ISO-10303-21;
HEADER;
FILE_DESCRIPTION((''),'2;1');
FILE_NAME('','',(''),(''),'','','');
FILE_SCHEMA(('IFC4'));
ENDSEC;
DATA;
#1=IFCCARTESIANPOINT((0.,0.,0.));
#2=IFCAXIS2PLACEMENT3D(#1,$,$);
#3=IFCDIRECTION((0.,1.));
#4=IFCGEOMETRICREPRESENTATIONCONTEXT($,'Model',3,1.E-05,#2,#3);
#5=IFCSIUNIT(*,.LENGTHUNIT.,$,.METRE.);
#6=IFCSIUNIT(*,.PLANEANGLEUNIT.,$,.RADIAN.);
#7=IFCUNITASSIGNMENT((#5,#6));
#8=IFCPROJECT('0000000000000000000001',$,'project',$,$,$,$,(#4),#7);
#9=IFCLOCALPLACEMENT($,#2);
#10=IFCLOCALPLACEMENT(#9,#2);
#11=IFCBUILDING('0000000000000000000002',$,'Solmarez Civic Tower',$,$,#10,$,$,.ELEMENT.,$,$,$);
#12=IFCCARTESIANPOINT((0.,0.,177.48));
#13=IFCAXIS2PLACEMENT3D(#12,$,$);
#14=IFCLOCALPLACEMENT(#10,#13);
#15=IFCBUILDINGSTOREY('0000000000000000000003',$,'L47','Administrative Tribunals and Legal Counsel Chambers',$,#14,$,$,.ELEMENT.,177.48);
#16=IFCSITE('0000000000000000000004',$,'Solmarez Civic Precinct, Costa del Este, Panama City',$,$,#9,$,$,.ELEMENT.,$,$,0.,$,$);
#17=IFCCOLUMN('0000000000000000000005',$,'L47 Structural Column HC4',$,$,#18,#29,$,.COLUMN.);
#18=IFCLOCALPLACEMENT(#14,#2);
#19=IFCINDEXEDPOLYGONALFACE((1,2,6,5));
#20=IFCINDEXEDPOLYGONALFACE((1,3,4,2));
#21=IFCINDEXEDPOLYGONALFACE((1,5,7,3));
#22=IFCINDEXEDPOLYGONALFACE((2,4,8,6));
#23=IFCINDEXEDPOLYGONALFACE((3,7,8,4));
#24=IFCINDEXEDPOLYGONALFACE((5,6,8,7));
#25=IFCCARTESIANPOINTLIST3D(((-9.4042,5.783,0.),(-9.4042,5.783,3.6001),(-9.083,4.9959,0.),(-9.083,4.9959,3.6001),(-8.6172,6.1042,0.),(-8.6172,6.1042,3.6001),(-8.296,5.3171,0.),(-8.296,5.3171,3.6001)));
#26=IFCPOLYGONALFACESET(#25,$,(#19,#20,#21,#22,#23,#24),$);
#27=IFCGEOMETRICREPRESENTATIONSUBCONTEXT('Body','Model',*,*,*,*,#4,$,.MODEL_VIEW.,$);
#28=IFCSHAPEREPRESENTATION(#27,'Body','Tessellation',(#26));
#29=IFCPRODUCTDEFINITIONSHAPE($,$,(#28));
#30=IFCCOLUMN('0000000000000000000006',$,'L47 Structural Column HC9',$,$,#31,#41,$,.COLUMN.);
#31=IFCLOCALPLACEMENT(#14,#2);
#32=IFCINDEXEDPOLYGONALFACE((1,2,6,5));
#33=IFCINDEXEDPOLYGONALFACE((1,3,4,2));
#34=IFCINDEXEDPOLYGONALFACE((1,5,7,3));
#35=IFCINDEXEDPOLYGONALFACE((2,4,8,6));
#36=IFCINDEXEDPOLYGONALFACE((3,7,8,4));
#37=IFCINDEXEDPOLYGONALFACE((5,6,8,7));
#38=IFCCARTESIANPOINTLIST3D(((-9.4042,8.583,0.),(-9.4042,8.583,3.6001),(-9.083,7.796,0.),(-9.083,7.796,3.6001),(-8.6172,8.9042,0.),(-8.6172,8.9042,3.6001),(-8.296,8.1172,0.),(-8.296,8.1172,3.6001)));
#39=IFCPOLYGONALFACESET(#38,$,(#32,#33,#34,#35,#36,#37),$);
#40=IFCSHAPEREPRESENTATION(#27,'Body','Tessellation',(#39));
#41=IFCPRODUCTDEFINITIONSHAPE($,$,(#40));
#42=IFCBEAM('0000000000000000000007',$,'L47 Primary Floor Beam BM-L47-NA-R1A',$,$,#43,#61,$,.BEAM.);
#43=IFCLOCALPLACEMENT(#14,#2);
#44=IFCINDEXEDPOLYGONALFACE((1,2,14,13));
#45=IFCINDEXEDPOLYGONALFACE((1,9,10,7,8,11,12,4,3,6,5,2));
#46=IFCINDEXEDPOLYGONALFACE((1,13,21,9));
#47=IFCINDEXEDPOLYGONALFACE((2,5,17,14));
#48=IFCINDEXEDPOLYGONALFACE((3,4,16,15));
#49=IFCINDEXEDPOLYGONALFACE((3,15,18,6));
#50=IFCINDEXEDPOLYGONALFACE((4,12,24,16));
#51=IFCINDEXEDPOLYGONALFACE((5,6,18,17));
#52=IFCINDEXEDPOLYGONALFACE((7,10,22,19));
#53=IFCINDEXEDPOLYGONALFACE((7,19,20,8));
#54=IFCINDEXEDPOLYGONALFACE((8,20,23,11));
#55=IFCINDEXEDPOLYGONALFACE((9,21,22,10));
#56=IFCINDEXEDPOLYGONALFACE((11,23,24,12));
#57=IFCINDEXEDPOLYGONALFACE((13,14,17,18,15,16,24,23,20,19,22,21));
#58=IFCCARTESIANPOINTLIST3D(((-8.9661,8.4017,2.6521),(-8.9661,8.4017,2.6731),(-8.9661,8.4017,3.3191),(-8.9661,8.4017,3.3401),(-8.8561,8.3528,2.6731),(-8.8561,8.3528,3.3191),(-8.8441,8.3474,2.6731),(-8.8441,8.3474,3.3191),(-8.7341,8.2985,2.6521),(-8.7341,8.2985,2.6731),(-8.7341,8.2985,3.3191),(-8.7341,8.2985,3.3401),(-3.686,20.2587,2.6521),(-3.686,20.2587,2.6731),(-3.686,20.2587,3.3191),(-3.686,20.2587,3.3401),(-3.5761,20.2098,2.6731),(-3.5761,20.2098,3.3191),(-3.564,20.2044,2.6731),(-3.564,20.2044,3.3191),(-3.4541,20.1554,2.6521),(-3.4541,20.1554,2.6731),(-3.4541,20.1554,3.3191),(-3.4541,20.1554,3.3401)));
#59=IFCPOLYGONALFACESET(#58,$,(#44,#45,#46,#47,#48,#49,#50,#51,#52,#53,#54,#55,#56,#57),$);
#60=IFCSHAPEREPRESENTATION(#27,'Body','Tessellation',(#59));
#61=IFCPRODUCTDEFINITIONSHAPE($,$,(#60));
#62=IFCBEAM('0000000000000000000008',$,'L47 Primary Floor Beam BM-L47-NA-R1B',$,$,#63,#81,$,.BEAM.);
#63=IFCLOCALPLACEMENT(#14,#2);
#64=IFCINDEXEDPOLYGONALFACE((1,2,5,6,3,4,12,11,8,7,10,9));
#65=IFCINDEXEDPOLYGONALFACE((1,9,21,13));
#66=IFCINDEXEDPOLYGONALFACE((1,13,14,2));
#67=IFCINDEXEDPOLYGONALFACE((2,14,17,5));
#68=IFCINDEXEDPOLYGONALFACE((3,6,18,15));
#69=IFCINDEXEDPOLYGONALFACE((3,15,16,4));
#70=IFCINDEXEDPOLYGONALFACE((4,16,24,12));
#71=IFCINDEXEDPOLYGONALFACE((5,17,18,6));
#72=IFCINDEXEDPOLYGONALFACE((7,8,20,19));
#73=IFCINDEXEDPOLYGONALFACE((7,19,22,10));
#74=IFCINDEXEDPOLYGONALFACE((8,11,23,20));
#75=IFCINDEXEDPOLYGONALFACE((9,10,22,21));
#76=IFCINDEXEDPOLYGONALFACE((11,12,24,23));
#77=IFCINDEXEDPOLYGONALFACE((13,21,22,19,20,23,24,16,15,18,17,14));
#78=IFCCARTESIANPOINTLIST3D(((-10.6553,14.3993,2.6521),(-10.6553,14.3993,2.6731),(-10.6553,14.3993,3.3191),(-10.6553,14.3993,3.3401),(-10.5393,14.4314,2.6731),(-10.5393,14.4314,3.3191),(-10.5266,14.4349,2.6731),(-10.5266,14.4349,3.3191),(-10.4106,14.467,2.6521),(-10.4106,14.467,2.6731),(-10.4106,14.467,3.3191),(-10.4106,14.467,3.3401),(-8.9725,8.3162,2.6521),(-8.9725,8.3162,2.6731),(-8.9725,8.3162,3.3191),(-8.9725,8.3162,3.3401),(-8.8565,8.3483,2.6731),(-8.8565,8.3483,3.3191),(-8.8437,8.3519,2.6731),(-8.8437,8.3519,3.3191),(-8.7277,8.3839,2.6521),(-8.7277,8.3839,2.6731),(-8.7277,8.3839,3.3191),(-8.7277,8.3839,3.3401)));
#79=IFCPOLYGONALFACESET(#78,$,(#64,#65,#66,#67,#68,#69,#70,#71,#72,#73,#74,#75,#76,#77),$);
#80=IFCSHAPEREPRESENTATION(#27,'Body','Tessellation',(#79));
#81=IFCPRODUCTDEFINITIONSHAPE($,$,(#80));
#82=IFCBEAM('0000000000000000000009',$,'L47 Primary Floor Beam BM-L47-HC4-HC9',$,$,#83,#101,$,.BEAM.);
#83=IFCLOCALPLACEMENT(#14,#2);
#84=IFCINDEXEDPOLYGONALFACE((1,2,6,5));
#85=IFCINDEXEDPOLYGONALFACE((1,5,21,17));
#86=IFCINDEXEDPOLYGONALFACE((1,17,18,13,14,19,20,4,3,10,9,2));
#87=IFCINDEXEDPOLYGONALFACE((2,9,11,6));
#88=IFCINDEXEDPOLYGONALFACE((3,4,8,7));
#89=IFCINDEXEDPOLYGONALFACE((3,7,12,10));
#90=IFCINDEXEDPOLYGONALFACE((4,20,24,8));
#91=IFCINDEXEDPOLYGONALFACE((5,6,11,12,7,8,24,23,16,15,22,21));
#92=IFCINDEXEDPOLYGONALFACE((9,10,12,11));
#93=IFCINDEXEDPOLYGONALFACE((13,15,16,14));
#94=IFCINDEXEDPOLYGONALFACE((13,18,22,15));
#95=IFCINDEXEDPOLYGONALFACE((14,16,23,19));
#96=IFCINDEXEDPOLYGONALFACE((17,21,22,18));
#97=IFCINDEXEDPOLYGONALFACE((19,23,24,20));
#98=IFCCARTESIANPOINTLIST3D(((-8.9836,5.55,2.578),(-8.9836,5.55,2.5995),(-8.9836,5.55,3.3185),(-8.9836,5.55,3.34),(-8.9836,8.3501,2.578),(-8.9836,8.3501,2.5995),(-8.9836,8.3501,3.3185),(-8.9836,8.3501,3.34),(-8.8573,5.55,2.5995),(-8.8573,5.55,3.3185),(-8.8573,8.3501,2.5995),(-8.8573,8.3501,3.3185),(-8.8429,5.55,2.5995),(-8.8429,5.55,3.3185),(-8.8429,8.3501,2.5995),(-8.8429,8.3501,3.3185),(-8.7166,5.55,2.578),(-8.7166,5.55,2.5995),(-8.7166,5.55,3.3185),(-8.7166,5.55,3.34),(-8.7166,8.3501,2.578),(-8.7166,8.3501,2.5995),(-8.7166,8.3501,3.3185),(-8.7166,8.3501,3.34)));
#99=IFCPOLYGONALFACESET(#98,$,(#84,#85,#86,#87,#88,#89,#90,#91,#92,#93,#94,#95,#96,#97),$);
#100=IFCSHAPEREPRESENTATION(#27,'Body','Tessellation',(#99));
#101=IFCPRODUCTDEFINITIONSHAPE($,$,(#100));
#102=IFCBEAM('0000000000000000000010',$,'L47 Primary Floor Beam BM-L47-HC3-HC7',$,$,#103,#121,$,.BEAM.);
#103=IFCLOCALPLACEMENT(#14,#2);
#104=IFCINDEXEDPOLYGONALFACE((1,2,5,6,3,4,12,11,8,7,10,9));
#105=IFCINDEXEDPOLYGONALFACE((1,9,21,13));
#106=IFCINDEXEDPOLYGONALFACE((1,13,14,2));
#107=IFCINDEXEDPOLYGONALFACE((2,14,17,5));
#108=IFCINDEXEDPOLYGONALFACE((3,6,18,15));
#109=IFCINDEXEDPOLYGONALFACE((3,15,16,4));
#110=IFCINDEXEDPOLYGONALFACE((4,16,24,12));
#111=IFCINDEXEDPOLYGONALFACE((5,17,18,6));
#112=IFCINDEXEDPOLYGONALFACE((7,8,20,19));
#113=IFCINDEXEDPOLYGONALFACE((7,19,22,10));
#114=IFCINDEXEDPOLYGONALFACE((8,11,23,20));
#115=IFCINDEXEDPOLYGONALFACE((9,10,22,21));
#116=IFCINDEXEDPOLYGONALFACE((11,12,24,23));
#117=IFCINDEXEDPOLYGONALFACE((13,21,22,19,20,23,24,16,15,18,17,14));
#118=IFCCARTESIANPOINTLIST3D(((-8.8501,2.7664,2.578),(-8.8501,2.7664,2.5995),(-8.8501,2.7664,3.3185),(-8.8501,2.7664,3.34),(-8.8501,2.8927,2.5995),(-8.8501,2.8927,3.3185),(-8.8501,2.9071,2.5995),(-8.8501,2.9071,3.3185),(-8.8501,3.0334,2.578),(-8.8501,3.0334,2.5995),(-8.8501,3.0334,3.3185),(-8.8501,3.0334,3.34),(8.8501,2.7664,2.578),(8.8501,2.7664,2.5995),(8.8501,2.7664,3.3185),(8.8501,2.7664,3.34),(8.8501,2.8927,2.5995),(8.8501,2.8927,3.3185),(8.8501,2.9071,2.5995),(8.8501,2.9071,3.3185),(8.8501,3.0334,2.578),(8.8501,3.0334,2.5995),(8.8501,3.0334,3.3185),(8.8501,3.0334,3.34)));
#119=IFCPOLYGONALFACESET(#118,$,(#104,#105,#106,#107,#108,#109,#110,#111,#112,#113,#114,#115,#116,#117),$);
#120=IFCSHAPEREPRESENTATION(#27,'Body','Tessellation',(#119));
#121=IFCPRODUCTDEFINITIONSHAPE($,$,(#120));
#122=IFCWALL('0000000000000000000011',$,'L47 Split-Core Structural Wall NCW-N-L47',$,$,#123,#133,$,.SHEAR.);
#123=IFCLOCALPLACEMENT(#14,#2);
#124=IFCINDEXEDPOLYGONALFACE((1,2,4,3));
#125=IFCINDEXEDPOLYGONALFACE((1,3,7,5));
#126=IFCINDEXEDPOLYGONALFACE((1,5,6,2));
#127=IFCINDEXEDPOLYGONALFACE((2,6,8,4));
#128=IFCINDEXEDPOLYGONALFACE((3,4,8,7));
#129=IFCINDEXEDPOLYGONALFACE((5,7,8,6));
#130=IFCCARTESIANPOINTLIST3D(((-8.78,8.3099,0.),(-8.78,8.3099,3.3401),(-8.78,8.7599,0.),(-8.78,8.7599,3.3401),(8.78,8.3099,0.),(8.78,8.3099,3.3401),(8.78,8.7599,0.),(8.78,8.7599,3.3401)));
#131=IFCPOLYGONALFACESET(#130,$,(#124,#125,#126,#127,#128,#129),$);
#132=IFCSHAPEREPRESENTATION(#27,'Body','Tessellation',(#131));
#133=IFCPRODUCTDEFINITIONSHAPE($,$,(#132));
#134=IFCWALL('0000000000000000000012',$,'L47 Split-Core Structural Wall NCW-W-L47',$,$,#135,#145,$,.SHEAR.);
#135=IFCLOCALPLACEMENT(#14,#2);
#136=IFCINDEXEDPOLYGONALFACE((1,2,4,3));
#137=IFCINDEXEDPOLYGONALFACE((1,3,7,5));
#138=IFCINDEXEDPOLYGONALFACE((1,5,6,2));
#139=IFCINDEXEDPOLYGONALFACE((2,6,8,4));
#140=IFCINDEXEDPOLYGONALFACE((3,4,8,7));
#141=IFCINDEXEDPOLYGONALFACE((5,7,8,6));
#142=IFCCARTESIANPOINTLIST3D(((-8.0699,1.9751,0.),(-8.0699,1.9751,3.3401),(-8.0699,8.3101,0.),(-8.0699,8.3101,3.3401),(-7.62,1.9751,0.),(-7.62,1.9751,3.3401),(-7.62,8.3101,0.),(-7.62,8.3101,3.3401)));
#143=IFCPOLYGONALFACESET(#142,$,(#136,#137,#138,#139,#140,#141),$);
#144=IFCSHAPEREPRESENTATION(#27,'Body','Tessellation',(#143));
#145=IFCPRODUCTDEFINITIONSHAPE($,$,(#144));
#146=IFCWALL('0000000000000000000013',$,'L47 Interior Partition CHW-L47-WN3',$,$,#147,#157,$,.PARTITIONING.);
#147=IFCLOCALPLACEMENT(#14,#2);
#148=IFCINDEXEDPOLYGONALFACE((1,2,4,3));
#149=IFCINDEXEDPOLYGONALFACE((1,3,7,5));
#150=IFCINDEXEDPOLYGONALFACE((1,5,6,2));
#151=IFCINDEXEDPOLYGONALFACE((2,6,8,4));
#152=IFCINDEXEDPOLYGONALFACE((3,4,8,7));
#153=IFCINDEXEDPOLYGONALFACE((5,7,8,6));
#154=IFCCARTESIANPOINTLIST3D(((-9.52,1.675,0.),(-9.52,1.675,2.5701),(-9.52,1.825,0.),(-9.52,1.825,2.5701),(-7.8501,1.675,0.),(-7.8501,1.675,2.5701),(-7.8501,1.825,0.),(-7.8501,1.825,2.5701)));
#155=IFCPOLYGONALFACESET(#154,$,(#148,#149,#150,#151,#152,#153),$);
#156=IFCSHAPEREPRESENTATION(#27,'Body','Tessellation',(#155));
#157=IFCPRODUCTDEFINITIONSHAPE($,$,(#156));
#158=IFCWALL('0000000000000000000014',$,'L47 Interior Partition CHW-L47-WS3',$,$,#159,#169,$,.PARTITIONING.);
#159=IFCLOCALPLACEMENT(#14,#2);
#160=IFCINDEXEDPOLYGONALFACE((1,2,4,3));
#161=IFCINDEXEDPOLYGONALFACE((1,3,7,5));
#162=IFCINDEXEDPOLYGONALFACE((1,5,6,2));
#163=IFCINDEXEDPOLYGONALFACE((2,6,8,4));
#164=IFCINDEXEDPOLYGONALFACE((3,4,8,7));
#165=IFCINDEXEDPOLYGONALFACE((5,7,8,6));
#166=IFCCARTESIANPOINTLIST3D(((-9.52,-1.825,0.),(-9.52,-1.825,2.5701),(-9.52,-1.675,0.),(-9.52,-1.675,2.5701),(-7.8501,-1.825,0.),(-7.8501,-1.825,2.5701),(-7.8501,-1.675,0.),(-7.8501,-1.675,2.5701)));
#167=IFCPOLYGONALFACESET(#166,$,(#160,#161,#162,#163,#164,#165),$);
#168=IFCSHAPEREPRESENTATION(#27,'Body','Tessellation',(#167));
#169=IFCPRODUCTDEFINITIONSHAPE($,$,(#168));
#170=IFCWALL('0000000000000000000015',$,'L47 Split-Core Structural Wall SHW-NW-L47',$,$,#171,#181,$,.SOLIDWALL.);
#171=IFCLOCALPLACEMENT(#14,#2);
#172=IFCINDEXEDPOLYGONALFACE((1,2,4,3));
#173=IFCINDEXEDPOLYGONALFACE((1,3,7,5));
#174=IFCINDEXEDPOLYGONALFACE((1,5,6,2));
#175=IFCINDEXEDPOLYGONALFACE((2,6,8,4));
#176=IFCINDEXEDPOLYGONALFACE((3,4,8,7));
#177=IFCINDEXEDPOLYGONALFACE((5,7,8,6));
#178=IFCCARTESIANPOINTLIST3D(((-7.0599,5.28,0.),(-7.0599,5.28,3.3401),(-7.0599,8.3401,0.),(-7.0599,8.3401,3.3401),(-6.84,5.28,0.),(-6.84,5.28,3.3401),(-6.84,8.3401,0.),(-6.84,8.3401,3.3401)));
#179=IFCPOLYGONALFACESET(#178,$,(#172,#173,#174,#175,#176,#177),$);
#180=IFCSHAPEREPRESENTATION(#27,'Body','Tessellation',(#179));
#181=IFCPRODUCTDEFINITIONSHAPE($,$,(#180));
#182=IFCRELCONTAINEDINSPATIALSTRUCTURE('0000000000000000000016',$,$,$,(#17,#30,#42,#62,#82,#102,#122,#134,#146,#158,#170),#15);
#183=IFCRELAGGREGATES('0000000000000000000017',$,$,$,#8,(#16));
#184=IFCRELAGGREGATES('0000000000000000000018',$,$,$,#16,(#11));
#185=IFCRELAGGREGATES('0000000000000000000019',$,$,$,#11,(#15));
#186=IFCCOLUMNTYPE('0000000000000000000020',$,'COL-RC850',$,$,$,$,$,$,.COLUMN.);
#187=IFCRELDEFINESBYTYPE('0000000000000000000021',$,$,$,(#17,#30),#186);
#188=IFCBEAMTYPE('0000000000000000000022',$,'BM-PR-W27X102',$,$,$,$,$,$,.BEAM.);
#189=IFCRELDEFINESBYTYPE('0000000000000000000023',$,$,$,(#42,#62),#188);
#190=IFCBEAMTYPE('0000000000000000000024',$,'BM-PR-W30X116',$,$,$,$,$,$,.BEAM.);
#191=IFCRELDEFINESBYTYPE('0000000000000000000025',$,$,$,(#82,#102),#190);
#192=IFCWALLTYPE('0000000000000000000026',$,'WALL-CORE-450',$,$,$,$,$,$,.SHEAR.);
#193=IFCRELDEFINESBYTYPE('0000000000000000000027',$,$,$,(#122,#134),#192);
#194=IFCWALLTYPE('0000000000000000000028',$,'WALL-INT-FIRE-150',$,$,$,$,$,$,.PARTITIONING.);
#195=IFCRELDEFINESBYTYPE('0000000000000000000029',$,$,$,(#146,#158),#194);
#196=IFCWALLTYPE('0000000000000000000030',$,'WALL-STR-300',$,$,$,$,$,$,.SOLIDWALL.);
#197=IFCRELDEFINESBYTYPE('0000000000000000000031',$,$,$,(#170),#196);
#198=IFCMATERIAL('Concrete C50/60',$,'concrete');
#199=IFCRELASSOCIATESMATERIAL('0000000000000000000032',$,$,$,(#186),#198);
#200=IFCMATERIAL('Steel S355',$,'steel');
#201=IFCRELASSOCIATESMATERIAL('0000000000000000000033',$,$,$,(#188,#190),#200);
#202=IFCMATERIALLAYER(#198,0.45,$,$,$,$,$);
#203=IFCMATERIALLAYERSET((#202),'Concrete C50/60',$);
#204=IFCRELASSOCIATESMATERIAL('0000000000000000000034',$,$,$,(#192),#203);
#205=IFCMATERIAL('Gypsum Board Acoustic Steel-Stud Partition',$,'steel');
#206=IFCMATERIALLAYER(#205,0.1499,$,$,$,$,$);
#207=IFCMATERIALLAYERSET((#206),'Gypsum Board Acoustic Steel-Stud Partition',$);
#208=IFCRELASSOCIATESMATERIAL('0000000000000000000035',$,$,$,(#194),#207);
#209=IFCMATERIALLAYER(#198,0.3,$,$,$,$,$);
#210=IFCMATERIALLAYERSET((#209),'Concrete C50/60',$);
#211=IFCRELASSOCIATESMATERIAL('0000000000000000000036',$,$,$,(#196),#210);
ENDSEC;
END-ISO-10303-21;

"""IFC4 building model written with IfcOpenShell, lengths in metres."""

from ifc_helpers import new_model, si_unit, direction, frame, frame_2d, origin, origin_2d, place, context, subcontext, project, spatial, rectangle, i_section, extrude, material, layer, layer_set, material_profile, profile_set, type_object, element, save


model = new_model("IFC4")

# Units and contexts
model_context = context("Model", 3, precision=1e-05, world=origin(), true_north=direction((0.0, 1.0)))
body_context = subcontext(model_context, "Body", "Model", "MODEL_VIEW")
ifc_project = project(units=[si_unit("LENGTHUNIT", "METRE"), si_unit("PLANEANGLEUNIT", "RADIAN")], contexts=[model_context])

# Site, building, storey
site_placement = place(None, origin())
site = spatial("IfcSite", under=ifc_project, at=site_placement, Name="Solmarez Civic Precinct, Costa del Este, Panama City", CompositionType="ELEMENT", RefElevation=0.0)
building_placement = place(site_placement, origin())
building = spatial("IfcBuilding", under=site, at=building_placement, Name="Solmarez Civic Tower", CompositionType="ELEMENT")
storey_placement = place(building_placement, frame((0.0, 0.0, 177.48)))
storey = spatial("IfcBuildingStorey", under=building, at=storey_placement, Name="L47", Description="Administrative Tribunals and Legal Counsel Chambers", CompositionType="ELEMENT", Elevation=177.48)

# Columns
ifc_material_1 = material(Name="Concrete C50/60", Category="concrete")
ifc_material_profile_1 = material_profile(ifc_material_1, rectangle(XDim=0.8501, YDim=0.8501, at=origin_2d()), Name="RC850X850")
ifc_profile_set_1 = profile_set([ifc_material_profile_1], Name="Concrete C50/60")
column_type = type_object("IfcColumnType", Name="COL-RC850", PredefinedType="COLUMN", material=ifc_profile_set_1)
for number, where, z_axis, x_axis, name in (
    (1, (-8.8501, 5.55, 0.0), (0.0, 0.0, 1.0), (0.925871, 0.377841, 0.0), "L47 Structural Column HC4"),
    (2, (-8.8501, 8.3501, 0.0), (0.0, 0.0, 1.0), (0.925871, 0.377841, 0.0), "L47 Structural Column HC9"),
):
    element("IfcColumn", number, at=place(storey_placement, frame(where, z_axis=z_axis, x_axis=x_axis)), inside=storey, type_object=column_type, Name=name, PredefinedType="COLUMN", context=body_context, shape_type="SweptSolid", body=[
        extrude(rectangle(XDim=0.8501, YDim=0.8501, at=origin_2d()), origin(), (0.0, 0.0, 1.0), 3.6001),
    ])

# Beams
ifc_material_2 = material(Name="Steel S355", Category="steel")
ifc_material_profile_2 = material_profile(ifc_material_2, i_section(OverallWidth=0.2539, OverallDepth=0.688, WebThickness=0.0132, FlangeThickness=0.021, at=origin_2d()), Name="W27X102")
ifc_profile_set_2 = profile_set([ifc_material_profile_2], Name="Steel S355")
beam_type_1 = type_object("IfcBeamType", Name="BM-PR-W27X102", PredefinedType="BEAM", material=ifc_profile_set_2)
beam_1_placement = place(storey_placement, frame((-8.8501, 8.3501, 2.9961), z_axis=(0.4068, 0.913517, 0.0), x_axis=(-0.913517, 0.4068, 0.0)))
element("IfcBeam", 3, at=beam_1_placement, inside=storey, type_object=beam_type_1, Name="L47 Primary Floor Beam BM-L47-NA-R1A", PredefinedType="BEAM", context=body_context, shape_type="SweptSolid", body=[
    extrude(i_section(OverallWidth=0.2539, OverallDepth=0.688, WebThickness=0.0132, FlangeThickness=0.021, at=origin_2d()), origin(), (0.0, 0.0, 1.0), 12.9795),
])
beam_2_placement = place(storey_placement, frame((-8.8501, 8.3501, 2.9961), z_axis=(-0.266634, 0.963798, 0.0), x_axis=(-0.963798, -0.266634, 0.0)))
element("IfcBeam", 4, at=beam_2_placement, inside=storey, type_object=beam_type_1, Name="L47 Primary Floor Beam BM-L47-NA-R1B", PredefinedType="BEAM", context=body_context, shape_type="SweptSolid", body=[
    extrude(i_section(OverallWidth=0.2539, OverallDepth=0.688, WebThickness=0.0132, FlangeThickness=0.021, at=origin_2d()), origin(), (0.0, 0.0, 1.0), 6.3115),
])
ifc_material_profile_3 = material_profile(ifc_material_2, i_section(OverallWidth=0.2671, OverallDepth=0.762, WebThickness=0.0144, FlangeThickness=0.0215, at=origin_2d()), Name="W30X116")
ifc_profile_set_3 = profile_set([ifc_material_profile_3], Name="Steel S355")
beam_type_2 = type_object("IfcBeamType", Name="BM-PR-W30X116", PredefinedType="BEAM", material=ifc_profile_set_3)
beam_3_placement = place(storey_placement, frame((-8.8501, 5.55, 2.959), z_axis=(0.0, 1.0, 0.0), x_axis=(-1.0, 0.0, 0.0)))
element("IfcBeam", 5, at=beam_3_placement, inside=storey, type_object=beam_type_2, Name="L47 Primary Floor Beam BM-L47-HC4-HC9", PredefinedType="BEAM", context=body_context, shape_type="SweptSolid", body=[
    extrude(i_section(OverallWidth=0.2671, OverallDepth=0.762, WebThickness=0.0144, FlangeThickness=0.0215, at=origin_2d()), origin(), (0.0, 0.0, 1.0), 2.8),
])
beam_4_placement = place(storey_placement, frame((-8.8501, 2.8999, 2.959), z_axis=(1.0, 0.0, 0.0), x_axis=(0.0, 1.0, 0.0)))
element("IfcBeam", 6, at=beam_4_placement, inside=storey, type_object=beam_type_2, Name="L47 Primary Floor Beam BM-L47-HC3-HC7", PredefinedType="BEAM", context=body_context, shape_type="SweptSolid", body=[
    extrude(i_section(OverallWidth=0.2671, OverallDepth=0.762, WebThickness=0.0144, FlangeThickness=0.0215, at=origin_2d()), origin(), (0.0, 0.0, 1.0), 17.7002),
])

# Walls
ifc_layer_1 = layer(ifc_material_1, 0.45)
ifc_layer_set_1 = layer_set([ifc_layer_1], Name="Concrete C50/60")
wall_type_1 = type_object("IfcWallType", Name="WALL-CORE-450", PredefinedType="SHEAR", material=ifc_layer_set_1)
wall_1_placement = place(storey_placement, frame((-8.78, 8.5349, 0.0), z_axis=(0.0, 0.0, 1.0), x_axis=(1.0, 0.0, 0.0)))
element("IfcWall", 7, at=wall_1_placement, inside=storey, type_object=wall_type_1, Name="L47 Split-Core Structural Wall NCW-N-L47", PredefinedType="SHEAR", context=body_context, shape_type="SweptSolid", body=[
    extrude(rectangle(XDim=17.5601, YDim=0.45, at=frame_2d((8.78, 0.0))), origin(), (0.0, 0.0, 1.0), 3.3401),
])
wall_2_placement = place(storey_placement, frame((-7.845, 1.9751, 0.0), z_axis=(0.0, 0.0, 1.0), x_axis=(0.0, 1.0, 0.0)))
element("IfcWall", 8, at=wall_2_placement, inside=storey, type_object=wall_type_1, Name="L47 Split-Core Structural Wall NCW-W-L47", PredefinedType="SHEAR", context=body_context, shape_type="SweptSolid", body=[
    extrude(rectangle(XDim=6.335, YDim=0.45, at=frame_2d((3.1675, 0.0))), origin(), (0.0, 0.0, 1.0), 3.3401),
])

# Walls
ifc_material_3 = material(Name="Gypsum Board Acoustic Steel-Stud Partition", Category="steel")
ifc_layer_2 = layer(ifc_material_3, 0.1499)
ifc_layer_set_2 = layer_set([ifc_layer_2], Name="Gypsum Board Acoustic Steel-Stud Partition")
wall_type_2 = type_object("IfcWallType", Name="WALL-INT-FIRE-150", PredefinedType="PARTITIONING", material=ifc_layer_set_2)
for number, where, z_axis, x_axis, name in (
    (9, (-7.8501, 1.75, 0.0), (0.0, 0.0, 1.0), (-1.0, 0.0, 0.0), "L47 Interior Partition CHW-L47-WN3"),
    (10, (-7.8501, -1.75, 0.0), (0.0, 0.0, 1.0), (-1.0, 0.0, 0.0), "L47 Interior Partition CHW-L47-WS3"),
):
    element("IfcWall", number, at=place(storey_placement, frame(where, z_axis=z_axis, x_axis=x_axis)), inside=storey, type_object=wall_type_2, Name=name, PredefinedType="PARTITIONING", context=body_context, shape_type="SweptSolid", body=[
        extrude(rectangle(XDim=1.6699, YDim=0.1499, at=frame_2d((0.835, 0.0))), origin(), (0.0, 0.0, 1.0), 2.5701),
    ])
ifc_layer_3 = layer(ifc_material_1, 0.3)
ifc_layer_set_3 = layer_set([ifc_layer_3], Name="Concrete C50/60")
wall_type_3 = type_object("IfcWallType", Name="WALL-STR-300", PredefinedType="SOLIDWALL", material=ifc_layer_set_3)
wall_3_placement = place(storey_placement, frame((-6.95, 5.28, 0.0), z_axis=(0.0, 0.0, 1.0), x_axis=(0.0, 1.0, 0.0)))
element("IfcWall", 11, at=wall_3_placement, inside=storey, type_object=wall_type_3, Name="L47 Split-Core Structural Wall SHW-NW-L47", PredefinedType="SOLIDWALL", context=body_context, shape_type="SweptSolid", body=[
    extrude(rectangle(XDim=3.0601, YDim=0.22, at=frame_2d((1.53, 0.0))), origin(), (0.0, 0.0, 1.0), 3.3401),
])

save(model, "model.ifc")
